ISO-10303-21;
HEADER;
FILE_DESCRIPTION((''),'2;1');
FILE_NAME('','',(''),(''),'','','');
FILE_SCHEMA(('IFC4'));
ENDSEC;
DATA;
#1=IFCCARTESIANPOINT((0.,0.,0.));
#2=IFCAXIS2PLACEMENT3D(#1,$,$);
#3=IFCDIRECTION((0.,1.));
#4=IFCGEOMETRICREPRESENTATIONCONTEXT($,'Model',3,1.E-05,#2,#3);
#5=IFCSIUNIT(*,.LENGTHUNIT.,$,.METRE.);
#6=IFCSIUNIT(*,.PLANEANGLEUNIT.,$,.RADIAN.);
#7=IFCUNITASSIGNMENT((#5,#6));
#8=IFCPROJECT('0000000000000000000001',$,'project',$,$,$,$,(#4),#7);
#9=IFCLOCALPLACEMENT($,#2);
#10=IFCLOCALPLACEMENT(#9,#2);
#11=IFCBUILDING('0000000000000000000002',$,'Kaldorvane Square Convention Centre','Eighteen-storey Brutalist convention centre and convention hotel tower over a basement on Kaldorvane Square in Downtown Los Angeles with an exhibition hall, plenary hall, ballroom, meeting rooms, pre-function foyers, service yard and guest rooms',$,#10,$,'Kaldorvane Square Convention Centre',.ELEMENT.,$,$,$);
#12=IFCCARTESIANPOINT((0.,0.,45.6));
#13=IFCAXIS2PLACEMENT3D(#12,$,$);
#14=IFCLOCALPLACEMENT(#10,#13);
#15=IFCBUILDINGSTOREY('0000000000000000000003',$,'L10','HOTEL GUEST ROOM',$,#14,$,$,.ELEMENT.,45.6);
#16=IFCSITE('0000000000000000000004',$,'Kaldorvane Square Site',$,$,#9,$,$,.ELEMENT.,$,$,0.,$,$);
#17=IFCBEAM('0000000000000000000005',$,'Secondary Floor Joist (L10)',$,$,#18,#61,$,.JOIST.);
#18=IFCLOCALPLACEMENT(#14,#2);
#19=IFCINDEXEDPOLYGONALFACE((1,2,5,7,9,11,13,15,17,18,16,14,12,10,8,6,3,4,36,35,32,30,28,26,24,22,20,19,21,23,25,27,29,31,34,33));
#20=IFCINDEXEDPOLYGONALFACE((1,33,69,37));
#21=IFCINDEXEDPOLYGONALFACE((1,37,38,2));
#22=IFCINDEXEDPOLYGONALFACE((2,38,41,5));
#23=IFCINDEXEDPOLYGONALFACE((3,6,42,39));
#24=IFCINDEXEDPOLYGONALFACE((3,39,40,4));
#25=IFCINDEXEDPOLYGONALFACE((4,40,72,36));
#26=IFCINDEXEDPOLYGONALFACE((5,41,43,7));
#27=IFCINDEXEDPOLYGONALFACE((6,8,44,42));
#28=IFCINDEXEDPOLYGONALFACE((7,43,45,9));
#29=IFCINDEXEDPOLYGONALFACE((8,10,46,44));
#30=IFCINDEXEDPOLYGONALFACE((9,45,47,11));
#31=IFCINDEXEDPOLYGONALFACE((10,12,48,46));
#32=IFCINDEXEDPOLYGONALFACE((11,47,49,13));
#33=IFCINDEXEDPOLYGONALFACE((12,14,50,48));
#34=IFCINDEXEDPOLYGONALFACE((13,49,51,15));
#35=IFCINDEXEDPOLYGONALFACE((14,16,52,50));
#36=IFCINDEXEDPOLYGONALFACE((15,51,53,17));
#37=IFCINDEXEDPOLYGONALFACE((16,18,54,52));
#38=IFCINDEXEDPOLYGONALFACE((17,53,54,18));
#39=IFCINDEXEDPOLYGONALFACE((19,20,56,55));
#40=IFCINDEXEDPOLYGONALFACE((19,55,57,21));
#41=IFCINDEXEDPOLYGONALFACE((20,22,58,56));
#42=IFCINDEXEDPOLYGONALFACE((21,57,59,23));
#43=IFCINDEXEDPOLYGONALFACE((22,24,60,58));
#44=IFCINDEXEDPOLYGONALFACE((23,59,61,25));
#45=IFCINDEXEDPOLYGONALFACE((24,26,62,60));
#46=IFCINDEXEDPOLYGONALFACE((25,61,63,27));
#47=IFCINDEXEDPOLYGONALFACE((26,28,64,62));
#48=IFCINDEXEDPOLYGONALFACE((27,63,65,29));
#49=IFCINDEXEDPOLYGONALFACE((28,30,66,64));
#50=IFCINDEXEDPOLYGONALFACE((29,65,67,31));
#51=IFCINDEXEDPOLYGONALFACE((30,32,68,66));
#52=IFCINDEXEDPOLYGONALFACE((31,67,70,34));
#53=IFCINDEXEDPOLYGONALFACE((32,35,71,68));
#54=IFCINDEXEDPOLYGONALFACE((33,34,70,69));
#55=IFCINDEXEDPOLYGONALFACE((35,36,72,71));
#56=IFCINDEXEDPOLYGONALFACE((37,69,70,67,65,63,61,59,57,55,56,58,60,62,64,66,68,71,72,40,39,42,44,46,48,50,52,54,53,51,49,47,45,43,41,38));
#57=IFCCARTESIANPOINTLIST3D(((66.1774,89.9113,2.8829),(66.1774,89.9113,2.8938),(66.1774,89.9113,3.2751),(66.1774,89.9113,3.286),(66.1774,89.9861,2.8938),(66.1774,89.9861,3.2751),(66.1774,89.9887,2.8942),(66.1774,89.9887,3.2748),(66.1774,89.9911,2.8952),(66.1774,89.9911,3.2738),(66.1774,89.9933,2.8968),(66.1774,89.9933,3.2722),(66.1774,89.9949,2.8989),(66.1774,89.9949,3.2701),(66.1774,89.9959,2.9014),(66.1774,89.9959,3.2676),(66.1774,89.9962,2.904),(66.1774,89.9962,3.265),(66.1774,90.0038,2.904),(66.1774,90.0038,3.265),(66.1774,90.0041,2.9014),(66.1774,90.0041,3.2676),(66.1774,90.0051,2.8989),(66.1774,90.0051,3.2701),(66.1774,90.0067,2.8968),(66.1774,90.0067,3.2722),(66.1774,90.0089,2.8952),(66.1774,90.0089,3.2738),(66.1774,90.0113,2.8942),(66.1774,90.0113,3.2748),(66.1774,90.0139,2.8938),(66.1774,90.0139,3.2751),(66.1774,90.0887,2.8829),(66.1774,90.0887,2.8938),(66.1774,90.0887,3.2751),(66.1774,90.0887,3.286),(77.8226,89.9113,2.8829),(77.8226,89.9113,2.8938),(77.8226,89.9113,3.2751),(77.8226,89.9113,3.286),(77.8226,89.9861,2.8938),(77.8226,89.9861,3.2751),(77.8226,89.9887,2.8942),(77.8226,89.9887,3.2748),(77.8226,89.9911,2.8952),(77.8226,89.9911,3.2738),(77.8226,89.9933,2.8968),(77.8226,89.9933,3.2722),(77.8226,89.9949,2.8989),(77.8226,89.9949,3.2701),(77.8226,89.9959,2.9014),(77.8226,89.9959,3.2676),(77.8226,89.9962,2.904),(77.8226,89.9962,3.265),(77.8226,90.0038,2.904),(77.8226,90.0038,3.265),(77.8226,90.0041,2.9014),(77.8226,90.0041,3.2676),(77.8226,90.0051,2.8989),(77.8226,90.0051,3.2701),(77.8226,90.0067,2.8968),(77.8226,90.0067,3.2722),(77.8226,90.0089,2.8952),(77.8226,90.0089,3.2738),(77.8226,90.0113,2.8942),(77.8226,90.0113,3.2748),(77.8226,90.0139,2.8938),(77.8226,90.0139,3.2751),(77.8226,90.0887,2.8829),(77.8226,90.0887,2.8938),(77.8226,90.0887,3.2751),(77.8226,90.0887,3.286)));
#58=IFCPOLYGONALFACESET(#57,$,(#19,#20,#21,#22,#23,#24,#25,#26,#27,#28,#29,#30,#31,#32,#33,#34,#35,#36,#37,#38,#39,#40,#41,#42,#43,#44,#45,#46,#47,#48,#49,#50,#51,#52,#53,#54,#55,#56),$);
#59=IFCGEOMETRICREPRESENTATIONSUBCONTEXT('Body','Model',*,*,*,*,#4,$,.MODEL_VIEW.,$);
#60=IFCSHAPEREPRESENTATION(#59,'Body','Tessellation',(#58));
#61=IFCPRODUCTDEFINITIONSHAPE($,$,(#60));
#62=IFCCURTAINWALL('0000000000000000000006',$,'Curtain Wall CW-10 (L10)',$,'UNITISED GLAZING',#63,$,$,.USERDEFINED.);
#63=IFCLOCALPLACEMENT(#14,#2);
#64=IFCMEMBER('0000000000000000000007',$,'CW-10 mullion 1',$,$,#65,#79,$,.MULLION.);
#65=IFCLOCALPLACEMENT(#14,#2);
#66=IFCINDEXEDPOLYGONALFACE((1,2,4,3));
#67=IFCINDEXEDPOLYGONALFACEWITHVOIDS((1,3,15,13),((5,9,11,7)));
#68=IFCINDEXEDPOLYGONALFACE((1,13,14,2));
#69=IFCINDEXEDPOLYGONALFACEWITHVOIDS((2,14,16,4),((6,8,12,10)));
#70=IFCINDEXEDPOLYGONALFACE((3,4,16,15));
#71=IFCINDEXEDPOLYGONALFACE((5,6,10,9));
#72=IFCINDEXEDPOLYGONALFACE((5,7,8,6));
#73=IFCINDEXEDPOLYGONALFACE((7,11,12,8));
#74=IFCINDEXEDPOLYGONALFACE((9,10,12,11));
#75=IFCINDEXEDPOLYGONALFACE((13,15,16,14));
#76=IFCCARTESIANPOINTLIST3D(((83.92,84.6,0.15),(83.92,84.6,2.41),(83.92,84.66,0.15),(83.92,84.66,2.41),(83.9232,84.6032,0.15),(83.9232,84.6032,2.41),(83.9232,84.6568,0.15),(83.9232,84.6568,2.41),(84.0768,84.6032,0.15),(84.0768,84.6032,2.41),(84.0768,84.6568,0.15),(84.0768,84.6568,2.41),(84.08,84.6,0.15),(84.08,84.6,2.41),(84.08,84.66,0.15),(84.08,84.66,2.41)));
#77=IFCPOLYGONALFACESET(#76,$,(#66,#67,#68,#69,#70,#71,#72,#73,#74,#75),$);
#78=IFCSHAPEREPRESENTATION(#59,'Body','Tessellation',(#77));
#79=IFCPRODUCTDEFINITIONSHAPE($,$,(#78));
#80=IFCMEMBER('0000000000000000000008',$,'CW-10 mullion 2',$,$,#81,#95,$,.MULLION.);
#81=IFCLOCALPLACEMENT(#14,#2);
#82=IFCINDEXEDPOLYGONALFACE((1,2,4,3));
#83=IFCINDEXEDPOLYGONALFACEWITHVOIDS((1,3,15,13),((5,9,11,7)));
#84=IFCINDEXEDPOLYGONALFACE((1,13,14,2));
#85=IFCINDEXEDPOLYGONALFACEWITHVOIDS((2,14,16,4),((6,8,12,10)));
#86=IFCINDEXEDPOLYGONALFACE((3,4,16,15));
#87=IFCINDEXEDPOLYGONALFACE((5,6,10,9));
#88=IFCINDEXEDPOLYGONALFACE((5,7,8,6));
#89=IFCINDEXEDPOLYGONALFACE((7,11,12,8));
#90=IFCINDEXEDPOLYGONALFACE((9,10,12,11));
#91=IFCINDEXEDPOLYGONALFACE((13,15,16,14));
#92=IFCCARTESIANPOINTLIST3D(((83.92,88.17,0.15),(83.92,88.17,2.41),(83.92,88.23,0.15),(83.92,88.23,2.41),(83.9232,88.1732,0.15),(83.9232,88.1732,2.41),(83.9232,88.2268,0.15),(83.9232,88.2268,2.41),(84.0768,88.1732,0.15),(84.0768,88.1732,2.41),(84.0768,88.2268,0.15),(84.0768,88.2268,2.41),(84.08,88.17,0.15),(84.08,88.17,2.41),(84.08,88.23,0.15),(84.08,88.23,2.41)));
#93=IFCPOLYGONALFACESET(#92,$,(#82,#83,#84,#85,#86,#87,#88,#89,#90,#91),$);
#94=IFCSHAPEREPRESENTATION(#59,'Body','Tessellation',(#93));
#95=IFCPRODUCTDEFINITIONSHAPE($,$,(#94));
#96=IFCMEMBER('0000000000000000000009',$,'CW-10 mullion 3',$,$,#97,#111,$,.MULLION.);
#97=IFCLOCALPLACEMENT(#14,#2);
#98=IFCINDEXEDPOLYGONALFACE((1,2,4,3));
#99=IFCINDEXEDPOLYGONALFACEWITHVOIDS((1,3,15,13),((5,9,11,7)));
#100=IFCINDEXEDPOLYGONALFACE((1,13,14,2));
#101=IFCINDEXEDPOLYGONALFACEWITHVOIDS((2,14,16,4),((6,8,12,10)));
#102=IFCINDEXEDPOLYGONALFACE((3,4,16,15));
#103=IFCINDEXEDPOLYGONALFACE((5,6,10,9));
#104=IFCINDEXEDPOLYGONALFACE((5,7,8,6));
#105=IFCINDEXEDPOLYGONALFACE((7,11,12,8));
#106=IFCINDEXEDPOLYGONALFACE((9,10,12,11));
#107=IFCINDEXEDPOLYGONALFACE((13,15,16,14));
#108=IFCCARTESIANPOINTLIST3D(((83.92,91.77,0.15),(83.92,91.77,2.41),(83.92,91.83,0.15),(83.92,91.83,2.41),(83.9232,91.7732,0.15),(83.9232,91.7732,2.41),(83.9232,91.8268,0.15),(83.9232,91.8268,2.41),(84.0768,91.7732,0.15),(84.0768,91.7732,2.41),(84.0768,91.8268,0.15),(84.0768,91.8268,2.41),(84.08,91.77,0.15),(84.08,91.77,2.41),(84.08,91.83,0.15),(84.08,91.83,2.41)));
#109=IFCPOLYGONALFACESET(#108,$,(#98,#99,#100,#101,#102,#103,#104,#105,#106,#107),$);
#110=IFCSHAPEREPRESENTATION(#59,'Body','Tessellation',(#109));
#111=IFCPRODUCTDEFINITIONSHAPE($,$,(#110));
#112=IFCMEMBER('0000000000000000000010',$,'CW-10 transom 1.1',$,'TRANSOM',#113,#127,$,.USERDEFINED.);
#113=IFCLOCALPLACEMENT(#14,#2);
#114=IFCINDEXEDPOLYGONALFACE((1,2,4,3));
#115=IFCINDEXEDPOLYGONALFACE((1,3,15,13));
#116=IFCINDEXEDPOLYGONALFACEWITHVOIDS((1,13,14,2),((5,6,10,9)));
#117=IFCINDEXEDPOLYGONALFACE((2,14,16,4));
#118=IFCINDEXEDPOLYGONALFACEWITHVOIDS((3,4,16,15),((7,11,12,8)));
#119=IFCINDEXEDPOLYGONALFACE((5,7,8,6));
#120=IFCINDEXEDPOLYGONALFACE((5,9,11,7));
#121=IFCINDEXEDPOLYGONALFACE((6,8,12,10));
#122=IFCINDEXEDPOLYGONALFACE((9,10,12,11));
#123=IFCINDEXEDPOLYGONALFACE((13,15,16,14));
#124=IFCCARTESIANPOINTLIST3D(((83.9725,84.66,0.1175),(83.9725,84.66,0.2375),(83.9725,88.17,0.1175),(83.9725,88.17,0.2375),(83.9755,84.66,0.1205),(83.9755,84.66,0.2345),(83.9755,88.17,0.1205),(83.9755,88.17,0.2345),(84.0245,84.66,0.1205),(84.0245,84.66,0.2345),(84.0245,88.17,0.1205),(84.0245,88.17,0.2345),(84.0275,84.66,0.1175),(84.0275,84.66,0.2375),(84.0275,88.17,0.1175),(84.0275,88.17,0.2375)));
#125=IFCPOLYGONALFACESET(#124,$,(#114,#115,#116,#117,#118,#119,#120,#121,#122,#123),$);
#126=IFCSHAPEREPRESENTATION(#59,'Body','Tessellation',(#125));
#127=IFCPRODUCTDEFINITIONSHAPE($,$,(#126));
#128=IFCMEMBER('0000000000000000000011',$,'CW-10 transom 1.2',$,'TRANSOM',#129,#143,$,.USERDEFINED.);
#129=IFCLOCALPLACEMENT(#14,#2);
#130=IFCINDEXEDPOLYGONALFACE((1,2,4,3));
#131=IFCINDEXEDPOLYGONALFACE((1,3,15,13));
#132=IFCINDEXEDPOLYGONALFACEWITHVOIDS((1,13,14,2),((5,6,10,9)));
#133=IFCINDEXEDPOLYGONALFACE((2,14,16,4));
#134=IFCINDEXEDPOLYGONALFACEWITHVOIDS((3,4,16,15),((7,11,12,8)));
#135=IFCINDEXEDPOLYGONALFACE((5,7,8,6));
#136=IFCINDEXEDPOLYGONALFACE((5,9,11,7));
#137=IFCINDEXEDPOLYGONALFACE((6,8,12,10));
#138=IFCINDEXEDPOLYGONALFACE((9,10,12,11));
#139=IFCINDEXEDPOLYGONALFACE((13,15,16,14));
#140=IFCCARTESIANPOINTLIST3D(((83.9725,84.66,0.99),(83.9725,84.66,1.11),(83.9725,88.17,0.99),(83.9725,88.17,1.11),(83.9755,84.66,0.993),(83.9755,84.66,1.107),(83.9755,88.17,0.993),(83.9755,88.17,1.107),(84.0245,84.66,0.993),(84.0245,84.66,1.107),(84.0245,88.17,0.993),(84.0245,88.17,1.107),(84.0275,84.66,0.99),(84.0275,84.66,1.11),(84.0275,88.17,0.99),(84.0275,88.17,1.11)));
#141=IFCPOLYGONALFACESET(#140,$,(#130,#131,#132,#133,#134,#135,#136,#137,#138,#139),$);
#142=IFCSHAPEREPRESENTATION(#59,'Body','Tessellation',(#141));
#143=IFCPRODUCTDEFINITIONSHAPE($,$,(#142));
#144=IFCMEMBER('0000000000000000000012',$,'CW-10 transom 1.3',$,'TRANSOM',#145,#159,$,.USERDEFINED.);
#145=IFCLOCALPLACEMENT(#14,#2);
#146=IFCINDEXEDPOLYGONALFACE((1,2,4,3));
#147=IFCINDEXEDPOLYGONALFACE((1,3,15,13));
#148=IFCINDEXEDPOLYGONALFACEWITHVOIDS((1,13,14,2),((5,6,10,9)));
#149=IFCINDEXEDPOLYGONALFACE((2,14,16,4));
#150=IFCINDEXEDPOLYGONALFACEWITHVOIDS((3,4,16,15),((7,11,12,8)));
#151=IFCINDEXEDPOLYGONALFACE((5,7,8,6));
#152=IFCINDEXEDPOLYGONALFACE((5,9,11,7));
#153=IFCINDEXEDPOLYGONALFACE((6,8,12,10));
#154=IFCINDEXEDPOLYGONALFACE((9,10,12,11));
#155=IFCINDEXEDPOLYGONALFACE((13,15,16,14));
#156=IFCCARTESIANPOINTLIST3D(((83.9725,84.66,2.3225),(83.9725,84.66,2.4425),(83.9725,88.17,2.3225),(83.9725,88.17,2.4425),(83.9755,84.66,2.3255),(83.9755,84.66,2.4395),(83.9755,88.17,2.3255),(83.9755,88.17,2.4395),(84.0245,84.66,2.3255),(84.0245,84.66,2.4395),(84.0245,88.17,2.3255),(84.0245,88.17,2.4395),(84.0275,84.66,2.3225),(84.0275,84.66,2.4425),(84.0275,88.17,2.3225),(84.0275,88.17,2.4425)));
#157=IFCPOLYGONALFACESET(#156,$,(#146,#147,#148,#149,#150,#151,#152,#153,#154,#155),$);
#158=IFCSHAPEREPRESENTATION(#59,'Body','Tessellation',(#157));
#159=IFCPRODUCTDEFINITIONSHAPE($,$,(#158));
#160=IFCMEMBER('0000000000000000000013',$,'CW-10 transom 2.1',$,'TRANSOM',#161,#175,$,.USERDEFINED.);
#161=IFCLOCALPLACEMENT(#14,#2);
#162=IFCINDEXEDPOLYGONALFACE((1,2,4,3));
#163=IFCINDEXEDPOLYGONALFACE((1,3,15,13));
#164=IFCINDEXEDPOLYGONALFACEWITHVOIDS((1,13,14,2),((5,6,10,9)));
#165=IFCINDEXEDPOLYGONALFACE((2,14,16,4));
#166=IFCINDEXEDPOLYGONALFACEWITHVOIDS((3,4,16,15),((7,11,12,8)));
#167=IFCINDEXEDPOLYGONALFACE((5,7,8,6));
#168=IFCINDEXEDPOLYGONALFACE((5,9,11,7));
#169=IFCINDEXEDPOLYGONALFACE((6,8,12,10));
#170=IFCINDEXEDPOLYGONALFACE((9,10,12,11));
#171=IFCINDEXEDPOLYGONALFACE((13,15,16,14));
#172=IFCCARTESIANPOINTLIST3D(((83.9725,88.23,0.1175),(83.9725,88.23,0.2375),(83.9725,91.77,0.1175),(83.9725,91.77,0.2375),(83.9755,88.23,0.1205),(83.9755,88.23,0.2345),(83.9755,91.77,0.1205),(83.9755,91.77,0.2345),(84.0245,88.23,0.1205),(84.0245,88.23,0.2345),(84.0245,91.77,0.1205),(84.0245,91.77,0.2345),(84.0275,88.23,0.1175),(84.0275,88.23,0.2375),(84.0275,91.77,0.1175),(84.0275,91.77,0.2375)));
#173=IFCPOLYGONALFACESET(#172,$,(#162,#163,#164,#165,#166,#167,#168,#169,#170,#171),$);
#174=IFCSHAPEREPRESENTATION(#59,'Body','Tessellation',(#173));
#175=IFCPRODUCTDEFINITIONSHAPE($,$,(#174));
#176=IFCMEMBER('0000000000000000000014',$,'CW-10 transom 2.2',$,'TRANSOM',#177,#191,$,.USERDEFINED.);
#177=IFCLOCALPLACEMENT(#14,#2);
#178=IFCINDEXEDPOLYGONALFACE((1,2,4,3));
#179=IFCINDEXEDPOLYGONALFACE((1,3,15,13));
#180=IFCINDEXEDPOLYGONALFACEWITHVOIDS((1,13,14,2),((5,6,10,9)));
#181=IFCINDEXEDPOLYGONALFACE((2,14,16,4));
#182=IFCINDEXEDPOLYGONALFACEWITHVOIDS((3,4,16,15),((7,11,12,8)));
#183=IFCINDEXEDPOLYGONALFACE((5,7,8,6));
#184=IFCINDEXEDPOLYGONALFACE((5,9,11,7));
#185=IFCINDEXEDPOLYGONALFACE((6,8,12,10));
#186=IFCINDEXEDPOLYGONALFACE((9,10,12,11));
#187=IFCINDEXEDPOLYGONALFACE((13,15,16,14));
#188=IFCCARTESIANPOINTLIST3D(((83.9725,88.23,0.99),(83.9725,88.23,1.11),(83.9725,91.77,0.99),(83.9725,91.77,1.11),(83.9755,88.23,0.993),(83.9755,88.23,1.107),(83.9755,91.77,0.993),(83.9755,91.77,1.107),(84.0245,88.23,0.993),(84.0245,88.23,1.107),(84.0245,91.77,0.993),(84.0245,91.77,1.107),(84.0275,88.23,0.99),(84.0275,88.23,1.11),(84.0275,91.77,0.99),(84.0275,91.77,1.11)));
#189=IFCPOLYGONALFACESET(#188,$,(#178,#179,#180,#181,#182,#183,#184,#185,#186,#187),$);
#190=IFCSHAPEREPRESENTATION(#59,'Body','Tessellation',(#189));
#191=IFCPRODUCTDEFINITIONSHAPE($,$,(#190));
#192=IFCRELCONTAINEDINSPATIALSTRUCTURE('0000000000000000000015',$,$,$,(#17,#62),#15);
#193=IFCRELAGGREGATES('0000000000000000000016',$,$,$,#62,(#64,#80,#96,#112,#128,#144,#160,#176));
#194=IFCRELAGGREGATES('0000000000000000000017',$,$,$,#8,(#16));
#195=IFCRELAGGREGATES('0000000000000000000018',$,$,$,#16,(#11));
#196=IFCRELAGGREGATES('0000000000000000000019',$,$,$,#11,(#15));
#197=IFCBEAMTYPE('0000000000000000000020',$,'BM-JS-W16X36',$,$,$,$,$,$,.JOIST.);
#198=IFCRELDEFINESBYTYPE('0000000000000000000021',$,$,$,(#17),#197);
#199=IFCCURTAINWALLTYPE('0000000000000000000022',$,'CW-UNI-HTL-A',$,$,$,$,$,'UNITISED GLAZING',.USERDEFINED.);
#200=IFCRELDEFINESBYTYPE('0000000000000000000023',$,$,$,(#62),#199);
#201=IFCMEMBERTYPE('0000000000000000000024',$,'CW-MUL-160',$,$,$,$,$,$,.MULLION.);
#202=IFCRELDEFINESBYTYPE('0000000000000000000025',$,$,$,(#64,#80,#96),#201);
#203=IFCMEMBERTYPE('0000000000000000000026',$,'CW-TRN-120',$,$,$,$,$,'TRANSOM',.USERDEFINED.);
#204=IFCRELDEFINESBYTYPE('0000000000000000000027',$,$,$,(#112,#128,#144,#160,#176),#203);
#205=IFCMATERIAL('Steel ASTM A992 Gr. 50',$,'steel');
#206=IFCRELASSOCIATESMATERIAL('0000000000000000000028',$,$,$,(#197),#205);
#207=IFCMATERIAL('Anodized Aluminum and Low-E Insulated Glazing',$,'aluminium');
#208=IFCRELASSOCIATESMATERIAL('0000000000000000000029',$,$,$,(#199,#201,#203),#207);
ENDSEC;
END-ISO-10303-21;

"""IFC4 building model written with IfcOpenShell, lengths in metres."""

from ifc_helpers import new_model, si_unit, direction, frame, origin, origin_2d, place, context, subcontext, project, spatial, hollow_rectangle, i_section, extrude, material, material_profile, profile_set, type_object, element, aggregate, save


model = new_model("IFC4")

# Units and contexts
model_context = context("Model", 3, precision=1e-05, world=origin(), true_north=direction((0.0, 1.0)))
body_context = subcontext(model_context, "Body", "Model", "MODEL_VIEW")
ifc_project = project(units=[si_unit("LENGTHUNIT", "METRE"), si_unit("PLANEANGLEUNIT", "RADIAN")], contexts=[model_context])

# Site, building, storey
site_placement = place(None, origin())
site = spatial("IfcSite", under=ifc_project, at=site_placement, Name="Kaldorvane Square Site", CompositionType="ELEMENT", RefElevation=0.0)
building_placement = place(site_placement, origin())
building = spatial("IfcBuilding", under=site, at=building_placement, Name="Kaldorvane Square Convention Centre", Description="Eighteen-storey Brutalist convention centre and convention hotel tower over a basement on Kaldorvane Square in Downtown Los Angeles with an exhibition hall, plenary hall, ballroom, meeting rooms, pre-function foyers, service yard and guest rooms", LongName="Kaldorvane Square Convention Centre", CompositionType="ELEMENT")
storey_placement = place(building_placement, frame((0.0, 0.0, 45.6)))
storey = spatial("IfcBuildingStorey", under=building, at=storey_placement, Name="L10", Description="HOTEL GUEST ROOM", CompositionType="ELEMENT", Elevation=45.6)

# Beam
ifc_material_1 = material(Name="Steel ASTM A992 Gr. 50", Category="steel")
ifc_material_profile_1 = material_profile(ifc_material_1, i_section(OverallWidth=0.1774, OverallDepth=0.4031, WebThickness=0.0075, FlangeThickness=0.0109, FilletRadius=0.0102, at=origin_2d()), Name="W16X36")
ifc_profile_set_1 = profile_set([ifc_material_profile_1], Name="Steel ASTM A992 Gr. 50")
beam_type = type_object("IfcBeamType", Name="BM-JS-W16X36", PredefinedType="JOIST", material=ifc_profile_set_1)
beam_placement = place(storey_placement, frame((66.1774, 90.0, 3.0845), z_axis=(1.0, 0.0, 0.0), x_axis=(0.0, 1.0, 0.0)))
element("IfcBeam", 1, at=beam_placement, inside=storey, type_object=beam_type, Name="Secondary Floor Joist (L10)", PredefinedType="JOIST", context=body_context, shape_type="SweptSolid", body=[
    extrude(i_section(OverallWidth=0.1774, OverallDepth=0.4031, WebThickness=0.0075, FlangeThickness=0.0109, FilletRadius=0.0102, at=origin_2d()), origin(), (0.0, 0.0, 1.0), 11.6452),
])

# Curtain wall, members
ifc_material_2 = material(Name="Anodized Aluminum and Low-E Insulated Glazing", Category="aluminium")
curtain_wall_type = type_object("IfcCurtainWallType", Name="CW-UNI-HTL-A", ElementType="UNITISED GLAZING", PredefinedType="USERDEFINED", material=ifc_material_2)
curtain_wall_placement = place(storey_placement, origin())
curtain_wall = element("IfcCurtainWall", 2, at=curtain_wall_placement, inside=storey, type_object=curtain_wall_type, Name="Curtain Wall CW-10 (L10)", ObjectType="UNITISED GLAZING", PredefinedType="USERDEFINED")
ifc_material_profile_2 = material_profile(ifc_material_2, hollow_rectangle(XDim=0.06, YDim=0.16, WallThickness=0.0032, at=origin_2d()), Name="CWM-160X60")
ifc_profile_set_2 = profile_set([ifc_material_profile_2], Name="Anodized Aluminum and Low-E Insulated Glazing")
member_type_1 = type_object("IfcMemberType", Name="CW-MUL-160", PredefinedType="MULLION", material=ifc_profile_set_2)
member_1_placement = place(storey_placement, frame((84.0, 84.63, 0.15), z_axis=(0.0, 0.0, 1.0), x_axis=(0.0, 1.0, 0.0)))
member_1 = element("IfcMember", 3, at=member_1_placement, type_object=member_type_1, Name="CW-10 mullion 1", PredefinedType="MULLION", context=body_context, shape_type="SweptSolid", body=[
    extrude(hollow_rectangle(XDim=0.06, YDim=0.16, WallThickness=0.0032, at=origin_2d()), origin(), (0.0, 0.0, 1.0), 2.26),
])
member_2_placement = place(storey_placement, frame((84.0, 88.2, 0.15), z_axis=(0.0, 0.0, 1.0), x_axis=(0.0, 1.0, 0.0)))
member_2 = element("IfcMember", 4, at=member_2_placement, type_object=member_type_1, Name="CW-10 mullion 2", PredefinedType="MULLION", context=body_context, shape_type="SweptSolid", body=[
    extrude(hollow_rectangle(XDim=0.06, YDim=0.16, WallThickness=0.0032, at=origin_2d()), origin(), (0.0, 0.0, 1.0), 2.26),
])
member_3_placement = place(storey_placement, frame((84.0, 91.8, 0.15), z_axis=(0.0, 0.0, 1.0), x_axis=(0.0, 1.0, 0.0)))
member_3 = element("IfcMember", 5, at=member_3_placement, type_object=member_type_1, Name="CW-10 mullion 3", PredefinedType="MULLION", context=body_context, shape_type="SweptSolid", body=[
    extrude(hollow_rectangle(XDim=0.06, YDim=0.16, WallThickness=0.0032, at=origin_2d()), origin(), (0.0, 0.0, 1.0), 2.26),
])
ifc_material_profile_3 = material_profile(ifc_material_2, hollow_rectangle(XDim=0.055, YDim=0.12, WallThickness=0.003, at=origin_2d()), Name="CWT-120X55")
ifc_profile_set_3 = profile_set([ifc_material_profile_3], Name="Anodized Aluminum and Low-E Insulated Glazing")
member_type_2 = type_object("IfcMemberType", Name="CW-TRN-120", ElementType="TRANSOM", PredefinedType="USERDEFINED", material=ifc_profile_set_3)
member_4_placement = place(storey_placement, frame((84.0, 84.66, 0.1775), z_axis=(0.0, 1.0, 0.0), x_axis=(-1.0, 0.0, 0.0)))
member_4 = element("IfcMember", 6, at=member_4_placement, type_object=member_type_2, Name="CW-10 transom 1.1", ObjectType="TRANSOM", PredefinedType="USERDEFINED", context=body_context, shape_type="SweptSolid", body=[
    extrude(hollow_rectangle(XDim=0.055, YDim=0.12, WallThickness=0.003, at=origin_2d()), origin(), (0.0, 0.0, 1.0), 3.51),
])
member_5_placement = place(storey_placement, frame((84.0, 84.66, 1.05), z_axis=(0.0, 1.0, 0.0), x_axis=(-1.0, 0.0, 0.0)))
member_5 = element("IfcMember", 7, at=member_5_placement, type_object=member_type_2, Name="CW-10 transom 1.2", ObjectType="TRANSOM", PredefinedType="USERDEFINED", context=body_context, shape_type="SweptSolid", body=[
    extrude(hollow_rectangle(XDim=0.055, YDim=0.12, WallThickness=0.003, at=origin_2d()), origin(), (0.0, 0.0, 1.0), 3.51),
])
member_6_placement = place(storey_placement, frame((84.0, 84.66, 2.3825), z_axis=(0.0, 1.0, 0.0), x_axis=(-1.0, 0.0, 0.0)))
member_6 = element("IfcMember", 8, at=member_6_placement, type_object=member_type_2, Name="CW-10 transom 1.3", ObjectType="TRANSOM", PredefinedType="USERDEFINED", context=body_context, shape_type="SweptSolid", body=[
    extrude(hollow_rectangle(XDim=0.055, YDim=0.12, WallThickness=0.003, at=origin_2d()), origin(), (0.0, 0.0, 1.0), 3.51),
])
member_7_placement = place(storey_placement, frame((84.0, 88.23, 0.1775), z_axis=(0.0, 1.0, 0.0), x_axis=(-1.0, 0.0, 0.0)))
member_7 = element("IfcMember", 9, at=member_7_placement, type_object=member_type_2, Name="CW-10 transom 2.1", ObjectType="TRANSOM", PredefinedType="USERDEFINED", context=body_context, shape_type="SweptSolid", body=[
    extrude(hollow_rectangle(XDim=0.055, YDim=0.12, WallThickness=0.003, at=origin_2d()), origin(), (0.0, 0.0, 1.0), 3.54),
])
member_8_placement = place(storey_placement, frame((84.0, 88.23, 1.05), z_axis=(0.0, 1.0, 0.0), x_axis=(-1.0, 0.0, 0.0)))
member_8 = element("IfcMember", 10, at=member_8_placement, type_object=member_type_2, Name="CW-10 transom 2.2", ObjectType="TRANSOM", PredefinedType="USERDEFINED", context=body_context, shape_type="SweptSolid", body=[
    extrude(hollow_rectangle(XDim=0.055, YDim=0.12, WallThickness=0.003, at=origin_2d()), origin(), (0.0, 0.0, 1.0), 3.54),
])
aggregate(curtain_wall, [member_1, member_2, member_3, member_4, member_5, member_6, member_7, member_8])

save(model, "model.ifc")
